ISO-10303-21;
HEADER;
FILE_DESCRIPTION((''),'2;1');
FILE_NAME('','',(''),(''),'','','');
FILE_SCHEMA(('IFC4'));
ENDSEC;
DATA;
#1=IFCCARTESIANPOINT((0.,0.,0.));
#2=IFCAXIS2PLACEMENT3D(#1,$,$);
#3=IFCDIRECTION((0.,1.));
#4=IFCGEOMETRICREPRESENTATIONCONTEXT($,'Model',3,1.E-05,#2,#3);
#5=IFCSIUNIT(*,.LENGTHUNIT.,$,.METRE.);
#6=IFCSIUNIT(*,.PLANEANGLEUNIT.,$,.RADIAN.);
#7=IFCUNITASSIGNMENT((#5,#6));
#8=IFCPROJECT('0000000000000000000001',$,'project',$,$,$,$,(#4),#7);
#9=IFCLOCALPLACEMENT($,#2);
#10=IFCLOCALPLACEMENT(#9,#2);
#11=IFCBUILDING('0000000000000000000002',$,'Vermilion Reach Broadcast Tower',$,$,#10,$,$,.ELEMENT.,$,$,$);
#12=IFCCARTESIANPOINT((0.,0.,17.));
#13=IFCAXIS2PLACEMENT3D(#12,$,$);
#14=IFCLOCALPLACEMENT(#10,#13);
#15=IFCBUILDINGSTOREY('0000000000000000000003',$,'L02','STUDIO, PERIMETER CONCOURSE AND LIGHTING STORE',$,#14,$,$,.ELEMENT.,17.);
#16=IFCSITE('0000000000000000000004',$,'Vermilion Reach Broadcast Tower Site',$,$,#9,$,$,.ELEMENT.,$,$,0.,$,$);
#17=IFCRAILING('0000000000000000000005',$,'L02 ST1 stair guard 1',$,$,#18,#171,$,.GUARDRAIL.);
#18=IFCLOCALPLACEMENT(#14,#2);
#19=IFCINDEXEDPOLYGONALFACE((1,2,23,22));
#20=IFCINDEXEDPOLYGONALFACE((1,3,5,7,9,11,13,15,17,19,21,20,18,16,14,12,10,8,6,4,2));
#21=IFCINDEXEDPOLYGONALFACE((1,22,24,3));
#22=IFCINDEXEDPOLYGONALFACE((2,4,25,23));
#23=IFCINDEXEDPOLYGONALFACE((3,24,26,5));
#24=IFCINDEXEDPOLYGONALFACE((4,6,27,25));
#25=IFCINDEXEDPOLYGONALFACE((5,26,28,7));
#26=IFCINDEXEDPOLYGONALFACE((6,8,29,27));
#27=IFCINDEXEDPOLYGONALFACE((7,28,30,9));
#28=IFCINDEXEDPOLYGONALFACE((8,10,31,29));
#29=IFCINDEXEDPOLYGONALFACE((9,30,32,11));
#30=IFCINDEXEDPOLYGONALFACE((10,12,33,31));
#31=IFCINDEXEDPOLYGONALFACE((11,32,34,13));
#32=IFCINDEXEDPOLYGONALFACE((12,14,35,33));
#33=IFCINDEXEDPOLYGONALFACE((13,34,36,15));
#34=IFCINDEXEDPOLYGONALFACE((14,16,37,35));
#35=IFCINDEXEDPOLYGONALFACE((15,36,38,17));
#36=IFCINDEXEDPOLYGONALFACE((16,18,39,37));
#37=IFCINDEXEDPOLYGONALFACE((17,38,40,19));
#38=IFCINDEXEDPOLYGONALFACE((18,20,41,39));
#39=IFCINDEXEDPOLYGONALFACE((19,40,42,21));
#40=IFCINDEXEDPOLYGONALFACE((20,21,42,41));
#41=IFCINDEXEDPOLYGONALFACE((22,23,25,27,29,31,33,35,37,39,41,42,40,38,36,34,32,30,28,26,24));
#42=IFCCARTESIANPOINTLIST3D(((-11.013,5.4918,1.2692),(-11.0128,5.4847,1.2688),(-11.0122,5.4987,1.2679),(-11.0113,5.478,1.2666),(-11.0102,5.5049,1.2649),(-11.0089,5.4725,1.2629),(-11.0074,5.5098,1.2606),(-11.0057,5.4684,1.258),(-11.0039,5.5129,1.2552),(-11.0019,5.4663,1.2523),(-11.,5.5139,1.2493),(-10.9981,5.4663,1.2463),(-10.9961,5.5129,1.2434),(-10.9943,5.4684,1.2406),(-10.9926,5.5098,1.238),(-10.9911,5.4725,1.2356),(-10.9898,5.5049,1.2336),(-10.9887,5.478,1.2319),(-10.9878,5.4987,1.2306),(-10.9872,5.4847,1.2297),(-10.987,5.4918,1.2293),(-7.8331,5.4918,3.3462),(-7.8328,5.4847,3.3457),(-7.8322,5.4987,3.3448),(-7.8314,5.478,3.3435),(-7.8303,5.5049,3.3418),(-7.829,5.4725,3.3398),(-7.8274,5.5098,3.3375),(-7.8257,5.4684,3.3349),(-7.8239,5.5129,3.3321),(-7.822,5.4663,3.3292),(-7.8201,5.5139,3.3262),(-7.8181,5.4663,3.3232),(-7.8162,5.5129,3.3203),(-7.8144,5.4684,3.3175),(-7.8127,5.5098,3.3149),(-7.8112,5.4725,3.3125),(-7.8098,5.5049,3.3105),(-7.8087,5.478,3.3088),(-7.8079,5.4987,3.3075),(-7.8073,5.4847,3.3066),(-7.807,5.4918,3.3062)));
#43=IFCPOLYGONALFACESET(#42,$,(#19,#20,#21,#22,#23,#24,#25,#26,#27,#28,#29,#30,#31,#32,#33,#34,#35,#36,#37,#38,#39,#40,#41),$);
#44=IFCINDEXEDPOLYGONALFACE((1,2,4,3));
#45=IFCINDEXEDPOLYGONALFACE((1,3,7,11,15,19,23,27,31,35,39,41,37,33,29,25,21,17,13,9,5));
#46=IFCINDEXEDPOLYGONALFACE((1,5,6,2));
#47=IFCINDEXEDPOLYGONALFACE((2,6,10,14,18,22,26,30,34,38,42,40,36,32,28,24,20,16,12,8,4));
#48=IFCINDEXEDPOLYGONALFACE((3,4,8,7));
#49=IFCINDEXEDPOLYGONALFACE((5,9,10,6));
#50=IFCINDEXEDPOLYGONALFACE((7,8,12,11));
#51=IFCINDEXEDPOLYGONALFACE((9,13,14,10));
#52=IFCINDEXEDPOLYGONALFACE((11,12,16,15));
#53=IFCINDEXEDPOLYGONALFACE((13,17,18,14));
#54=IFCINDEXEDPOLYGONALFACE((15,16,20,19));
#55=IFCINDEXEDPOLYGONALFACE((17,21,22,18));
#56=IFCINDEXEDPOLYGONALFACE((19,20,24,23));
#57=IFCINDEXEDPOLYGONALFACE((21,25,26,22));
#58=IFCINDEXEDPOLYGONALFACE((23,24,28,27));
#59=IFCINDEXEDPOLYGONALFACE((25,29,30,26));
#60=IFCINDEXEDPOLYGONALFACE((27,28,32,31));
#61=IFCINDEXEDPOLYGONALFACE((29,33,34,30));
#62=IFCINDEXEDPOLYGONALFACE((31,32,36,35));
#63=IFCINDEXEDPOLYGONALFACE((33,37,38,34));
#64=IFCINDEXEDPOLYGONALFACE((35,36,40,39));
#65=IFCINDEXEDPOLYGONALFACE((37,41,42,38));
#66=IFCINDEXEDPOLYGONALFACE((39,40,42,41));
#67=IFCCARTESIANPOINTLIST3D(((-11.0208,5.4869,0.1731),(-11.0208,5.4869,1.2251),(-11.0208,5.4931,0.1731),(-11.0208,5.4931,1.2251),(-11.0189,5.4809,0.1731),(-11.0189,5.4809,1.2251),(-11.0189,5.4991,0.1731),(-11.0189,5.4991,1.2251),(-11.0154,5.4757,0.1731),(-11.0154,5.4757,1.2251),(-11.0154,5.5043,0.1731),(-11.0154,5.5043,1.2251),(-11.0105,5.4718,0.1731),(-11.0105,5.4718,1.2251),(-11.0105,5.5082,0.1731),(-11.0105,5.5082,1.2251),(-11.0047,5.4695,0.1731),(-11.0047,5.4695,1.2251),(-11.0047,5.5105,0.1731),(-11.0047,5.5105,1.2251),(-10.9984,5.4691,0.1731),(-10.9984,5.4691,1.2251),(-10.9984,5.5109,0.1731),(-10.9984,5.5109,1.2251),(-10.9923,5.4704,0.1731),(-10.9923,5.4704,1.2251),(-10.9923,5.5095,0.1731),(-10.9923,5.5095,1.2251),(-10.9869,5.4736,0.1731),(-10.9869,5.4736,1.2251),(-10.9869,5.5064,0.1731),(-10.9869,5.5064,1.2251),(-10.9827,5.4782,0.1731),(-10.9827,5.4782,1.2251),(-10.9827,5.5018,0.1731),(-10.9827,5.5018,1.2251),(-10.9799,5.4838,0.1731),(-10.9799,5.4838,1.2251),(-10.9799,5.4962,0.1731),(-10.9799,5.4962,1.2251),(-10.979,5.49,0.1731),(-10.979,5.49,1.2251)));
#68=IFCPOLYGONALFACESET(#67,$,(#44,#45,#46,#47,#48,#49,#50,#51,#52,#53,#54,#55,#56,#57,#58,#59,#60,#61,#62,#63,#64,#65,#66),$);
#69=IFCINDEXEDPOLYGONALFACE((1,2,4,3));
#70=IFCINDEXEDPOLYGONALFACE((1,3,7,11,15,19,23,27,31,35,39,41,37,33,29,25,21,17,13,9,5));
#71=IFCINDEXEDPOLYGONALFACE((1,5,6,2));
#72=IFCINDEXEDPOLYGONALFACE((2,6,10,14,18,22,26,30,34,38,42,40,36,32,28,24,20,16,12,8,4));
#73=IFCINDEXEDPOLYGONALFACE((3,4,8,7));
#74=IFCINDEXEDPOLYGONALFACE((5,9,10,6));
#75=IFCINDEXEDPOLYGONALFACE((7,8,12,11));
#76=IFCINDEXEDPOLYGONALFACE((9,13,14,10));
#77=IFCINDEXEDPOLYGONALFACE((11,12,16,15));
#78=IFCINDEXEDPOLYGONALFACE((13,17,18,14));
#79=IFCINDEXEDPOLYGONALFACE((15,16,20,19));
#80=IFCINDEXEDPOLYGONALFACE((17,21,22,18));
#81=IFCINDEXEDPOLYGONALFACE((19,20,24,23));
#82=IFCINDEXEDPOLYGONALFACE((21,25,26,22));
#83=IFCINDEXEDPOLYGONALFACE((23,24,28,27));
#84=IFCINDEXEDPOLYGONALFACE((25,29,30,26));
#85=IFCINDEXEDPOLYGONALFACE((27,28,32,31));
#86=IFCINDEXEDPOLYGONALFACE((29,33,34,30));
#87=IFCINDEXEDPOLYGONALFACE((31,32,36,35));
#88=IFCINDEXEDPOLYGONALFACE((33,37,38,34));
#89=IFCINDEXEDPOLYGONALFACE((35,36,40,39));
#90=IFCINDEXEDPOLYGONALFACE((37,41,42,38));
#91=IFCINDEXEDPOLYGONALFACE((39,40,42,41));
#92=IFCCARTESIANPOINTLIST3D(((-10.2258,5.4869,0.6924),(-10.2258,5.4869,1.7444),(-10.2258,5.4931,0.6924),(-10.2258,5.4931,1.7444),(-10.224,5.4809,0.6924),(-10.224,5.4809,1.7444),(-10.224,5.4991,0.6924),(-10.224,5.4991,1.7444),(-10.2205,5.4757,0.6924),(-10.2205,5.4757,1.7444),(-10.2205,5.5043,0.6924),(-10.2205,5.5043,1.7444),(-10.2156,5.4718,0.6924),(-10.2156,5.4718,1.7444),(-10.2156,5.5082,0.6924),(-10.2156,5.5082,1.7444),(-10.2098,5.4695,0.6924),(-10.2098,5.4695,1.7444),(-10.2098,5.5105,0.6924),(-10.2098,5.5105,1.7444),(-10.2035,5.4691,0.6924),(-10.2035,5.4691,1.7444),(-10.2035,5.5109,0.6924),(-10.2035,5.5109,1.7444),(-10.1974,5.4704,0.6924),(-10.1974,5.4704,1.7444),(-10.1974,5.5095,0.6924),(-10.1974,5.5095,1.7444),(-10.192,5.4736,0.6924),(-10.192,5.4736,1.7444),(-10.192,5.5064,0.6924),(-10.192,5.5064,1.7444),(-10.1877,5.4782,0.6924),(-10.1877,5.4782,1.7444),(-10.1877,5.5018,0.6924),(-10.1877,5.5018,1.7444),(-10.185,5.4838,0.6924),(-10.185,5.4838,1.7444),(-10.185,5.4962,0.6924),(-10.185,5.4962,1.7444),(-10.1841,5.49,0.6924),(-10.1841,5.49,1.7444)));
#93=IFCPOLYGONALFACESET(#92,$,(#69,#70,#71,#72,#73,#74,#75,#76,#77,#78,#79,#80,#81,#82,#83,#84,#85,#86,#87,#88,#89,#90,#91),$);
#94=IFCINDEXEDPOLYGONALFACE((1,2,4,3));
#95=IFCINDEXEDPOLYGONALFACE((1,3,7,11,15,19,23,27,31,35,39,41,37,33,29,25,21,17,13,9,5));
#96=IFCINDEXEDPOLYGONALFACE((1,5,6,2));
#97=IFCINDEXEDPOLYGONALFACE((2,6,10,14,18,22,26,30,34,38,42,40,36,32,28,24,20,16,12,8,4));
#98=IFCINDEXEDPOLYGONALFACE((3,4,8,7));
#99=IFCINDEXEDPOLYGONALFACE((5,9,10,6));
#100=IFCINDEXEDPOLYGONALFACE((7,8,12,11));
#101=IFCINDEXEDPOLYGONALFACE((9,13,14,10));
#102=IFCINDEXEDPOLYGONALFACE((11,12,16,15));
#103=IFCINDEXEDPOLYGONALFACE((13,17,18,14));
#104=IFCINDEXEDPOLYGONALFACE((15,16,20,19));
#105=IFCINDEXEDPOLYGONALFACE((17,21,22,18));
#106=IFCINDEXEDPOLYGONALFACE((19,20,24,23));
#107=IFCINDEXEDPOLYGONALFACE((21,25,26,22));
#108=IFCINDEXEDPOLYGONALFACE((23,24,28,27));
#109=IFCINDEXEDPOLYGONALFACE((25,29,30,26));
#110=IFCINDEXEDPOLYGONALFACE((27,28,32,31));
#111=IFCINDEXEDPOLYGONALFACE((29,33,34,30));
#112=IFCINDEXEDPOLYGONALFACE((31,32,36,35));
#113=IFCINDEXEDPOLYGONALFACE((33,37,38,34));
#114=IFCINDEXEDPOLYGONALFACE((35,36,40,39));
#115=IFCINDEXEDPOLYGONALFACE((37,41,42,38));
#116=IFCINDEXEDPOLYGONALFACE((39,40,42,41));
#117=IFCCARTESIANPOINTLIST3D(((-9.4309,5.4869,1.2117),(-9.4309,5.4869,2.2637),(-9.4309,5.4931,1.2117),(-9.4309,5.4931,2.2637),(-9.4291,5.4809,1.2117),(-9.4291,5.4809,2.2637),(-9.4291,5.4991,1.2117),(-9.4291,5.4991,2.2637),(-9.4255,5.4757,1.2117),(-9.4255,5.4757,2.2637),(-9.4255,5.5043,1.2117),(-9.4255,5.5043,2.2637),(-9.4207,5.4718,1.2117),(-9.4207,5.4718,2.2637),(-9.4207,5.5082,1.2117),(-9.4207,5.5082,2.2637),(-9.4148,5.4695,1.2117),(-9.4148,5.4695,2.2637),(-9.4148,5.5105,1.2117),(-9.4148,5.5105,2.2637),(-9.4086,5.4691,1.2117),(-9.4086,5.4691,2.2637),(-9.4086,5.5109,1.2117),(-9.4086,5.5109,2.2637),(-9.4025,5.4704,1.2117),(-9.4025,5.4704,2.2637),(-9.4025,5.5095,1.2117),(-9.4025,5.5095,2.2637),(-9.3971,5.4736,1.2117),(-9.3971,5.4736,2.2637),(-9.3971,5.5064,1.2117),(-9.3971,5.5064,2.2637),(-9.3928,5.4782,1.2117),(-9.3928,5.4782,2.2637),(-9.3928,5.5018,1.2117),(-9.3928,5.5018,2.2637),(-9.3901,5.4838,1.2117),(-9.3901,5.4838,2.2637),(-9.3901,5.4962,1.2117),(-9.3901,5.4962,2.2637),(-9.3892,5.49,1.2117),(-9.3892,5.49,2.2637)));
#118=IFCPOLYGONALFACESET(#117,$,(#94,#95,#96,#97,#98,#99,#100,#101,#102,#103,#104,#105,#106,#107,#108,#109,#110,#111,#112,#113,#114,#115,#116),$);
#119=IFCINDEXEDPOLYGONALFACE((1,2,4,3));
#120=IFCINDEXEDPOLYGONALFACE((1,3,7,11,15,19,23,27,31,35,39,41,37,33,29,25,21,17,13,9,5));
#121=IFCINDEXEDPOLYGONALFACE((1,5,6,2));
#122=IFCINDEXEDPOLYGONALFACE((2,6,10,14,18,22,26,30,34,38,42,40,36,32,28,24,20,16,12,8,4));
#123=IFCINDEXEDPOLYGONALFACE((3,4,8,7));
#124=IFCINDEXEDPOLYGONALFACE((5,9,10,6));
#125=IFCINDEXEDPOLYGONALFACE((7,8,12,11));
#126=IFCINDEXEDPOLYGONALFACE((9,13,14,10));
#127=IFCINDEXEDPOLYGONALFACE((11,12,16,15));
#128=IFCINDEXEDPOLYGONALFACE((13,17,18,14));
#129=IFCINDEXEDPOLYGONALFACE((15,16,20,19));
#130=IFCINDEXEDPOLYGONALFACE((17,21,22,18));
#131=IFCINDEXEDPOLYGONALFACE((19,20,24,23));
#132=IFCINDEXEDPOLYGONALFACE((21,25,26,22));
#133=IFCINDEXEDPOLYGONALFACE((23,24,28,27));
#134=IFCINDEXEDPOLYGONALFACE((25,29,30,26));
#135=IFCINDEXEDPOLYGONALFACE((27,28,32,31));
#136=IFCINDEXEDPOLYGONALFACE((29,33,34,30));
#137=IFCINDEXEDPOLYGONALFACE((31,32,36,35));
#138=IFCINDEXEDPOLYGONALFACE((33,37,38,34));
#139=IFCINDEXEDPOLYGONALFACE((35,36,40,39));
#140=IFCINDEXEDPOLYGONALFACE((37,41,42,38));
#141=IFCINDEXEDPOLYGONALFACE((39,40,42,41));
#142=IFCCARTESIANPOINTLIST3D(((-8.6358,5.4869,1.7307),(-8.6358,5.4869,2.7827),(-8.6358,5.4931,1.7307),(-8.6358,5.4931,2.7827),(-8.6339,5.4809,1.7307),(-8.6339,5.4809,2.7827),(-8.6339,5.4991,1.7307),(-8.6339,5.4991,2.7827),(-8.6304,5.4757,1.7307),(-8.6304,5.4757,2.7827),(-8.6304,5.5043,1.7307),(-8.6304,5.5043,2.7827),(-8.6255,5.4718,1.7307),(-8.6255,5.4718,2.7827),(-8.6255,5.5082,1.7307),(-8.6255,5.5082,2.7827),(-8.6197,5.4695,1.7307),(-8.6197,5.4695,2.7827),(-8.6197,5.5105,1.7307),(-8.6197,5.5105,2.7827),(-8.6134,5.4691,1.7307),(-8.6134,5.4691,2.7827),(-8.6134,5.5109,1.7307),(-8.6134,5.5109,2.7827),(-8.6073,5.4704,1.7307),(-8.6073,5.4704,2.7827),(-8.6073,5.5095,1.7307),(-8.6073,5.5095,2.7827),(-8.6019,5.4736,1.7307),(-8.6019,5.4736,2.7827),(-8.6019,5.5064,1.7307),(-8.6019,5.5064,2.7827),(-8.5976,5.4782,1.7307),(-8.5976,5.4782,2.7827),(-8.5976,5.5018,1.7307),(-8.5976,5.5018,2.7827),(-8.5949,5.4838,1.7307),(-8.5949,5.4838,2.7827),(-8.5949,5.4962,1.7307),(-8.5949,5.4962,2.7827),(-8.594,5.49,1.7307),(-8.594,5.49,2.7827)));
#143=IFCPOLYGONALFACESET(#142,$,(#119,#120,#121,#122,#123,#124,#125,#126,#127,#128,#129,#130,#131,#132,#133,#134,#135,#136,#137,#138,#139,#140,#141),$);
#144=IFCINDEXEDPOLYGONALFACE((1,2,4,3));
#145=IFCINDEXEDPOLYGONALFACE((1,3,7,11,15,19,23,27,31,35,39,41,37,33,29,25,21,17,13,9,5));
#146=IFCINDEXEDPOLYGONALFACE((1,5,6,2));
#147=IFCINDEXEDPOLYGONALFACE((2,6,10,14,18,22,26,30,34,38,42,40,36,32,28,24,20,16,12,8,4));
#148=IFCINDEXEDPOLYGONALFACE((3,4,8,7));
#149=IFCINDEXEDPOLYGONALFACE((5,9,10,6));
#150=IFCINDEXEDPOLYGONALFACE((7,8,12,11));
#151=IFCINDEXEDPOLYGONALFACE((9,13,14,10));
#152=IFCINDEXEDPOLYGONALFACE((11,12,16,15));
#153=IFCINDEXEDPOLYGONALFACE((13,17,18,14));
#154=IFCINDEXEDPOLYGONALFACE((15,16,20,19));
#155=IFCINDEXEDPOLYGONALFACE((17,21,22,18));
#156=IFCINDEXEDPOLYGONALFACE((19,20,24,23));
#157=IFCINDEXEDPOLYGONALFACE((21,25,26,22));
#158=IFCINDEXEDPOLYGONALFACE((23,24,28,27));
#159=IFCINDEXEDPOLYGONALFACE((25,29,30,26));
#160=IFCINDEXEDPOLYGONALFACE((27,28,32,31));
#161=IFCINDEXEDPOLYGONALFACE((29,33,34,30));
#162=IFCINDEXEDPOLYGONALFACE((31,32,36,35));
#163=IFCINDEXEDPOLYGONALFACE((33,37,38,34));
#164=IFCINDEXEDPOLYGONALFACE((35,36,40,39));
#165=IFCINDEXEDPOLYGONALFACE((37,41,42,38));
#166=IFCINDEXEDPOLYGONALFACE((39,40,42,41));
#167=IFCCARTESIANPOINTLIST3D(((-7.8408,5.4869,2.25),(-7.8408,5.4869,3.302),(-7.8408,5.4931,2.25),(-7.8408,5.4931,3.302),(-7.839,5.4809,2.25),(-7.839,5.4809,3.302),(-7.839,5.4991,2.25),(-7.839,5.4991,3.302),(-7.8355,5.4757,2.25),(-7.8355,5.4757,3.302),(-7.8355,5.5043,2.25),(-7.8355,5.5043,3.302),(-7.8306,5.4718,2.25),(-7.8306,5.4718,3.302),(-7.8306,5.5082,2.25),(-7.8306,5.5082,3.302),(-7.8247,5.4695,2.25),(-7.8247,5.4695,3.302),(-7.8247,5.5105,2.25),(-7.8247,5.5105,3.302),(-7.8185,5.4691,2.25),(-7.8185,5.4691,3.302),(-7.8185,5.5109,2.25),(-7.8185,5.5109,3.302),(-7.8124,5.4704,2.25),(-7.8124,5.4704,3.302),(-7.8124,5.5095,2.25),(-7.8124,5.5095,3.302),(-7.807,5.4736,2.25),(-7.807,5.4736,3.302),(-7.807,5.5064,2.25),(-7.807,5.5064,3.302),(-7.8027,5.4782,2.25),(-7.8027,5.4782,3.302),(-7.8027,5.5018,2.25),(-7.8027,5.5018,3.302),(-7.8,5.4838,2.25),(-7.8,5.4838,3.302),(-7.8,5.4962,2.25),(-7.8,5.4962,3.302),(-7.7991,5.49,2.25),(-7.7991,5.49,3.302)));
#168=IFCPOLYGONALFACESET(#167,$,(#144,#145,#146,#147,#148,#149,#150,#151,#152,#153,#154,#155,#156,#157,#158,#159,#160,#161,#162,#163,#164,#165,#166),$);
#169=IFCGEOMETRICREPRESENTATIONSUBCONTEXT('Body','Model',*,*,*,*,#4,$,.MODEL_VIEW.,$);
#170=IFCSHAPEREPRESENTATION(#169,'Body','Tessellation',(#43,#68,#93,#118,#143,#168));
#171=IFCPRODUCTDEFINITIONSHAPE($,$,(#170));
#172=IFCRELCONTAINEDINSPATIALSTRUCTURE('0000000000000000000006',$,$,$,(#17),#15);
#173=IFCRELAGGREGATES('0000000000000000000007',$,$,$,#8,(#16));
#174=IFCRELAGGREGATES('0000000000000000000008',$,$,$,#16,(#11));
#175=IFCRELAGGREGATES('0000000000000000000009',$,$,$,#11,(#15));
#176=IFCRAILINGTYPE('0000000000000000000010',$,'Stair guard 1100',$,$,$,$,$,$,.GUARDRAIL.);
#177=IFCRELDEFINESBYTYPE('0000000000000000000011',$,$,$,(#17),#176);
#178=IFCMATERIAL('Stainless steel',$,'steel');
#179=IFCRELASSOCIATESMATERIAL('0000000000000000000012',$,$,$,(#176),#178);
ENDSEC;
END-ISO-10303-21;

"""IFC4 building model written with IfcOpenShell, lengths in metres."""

from ifc_helpers import new_model, si_unit, direction, frame, origin, origin_2d, place, context, subcontext, project, spatial, circle, extrude, material, type_object, element, save


model = new_model("IFC4")

# Units and contexts
model_context = context("Model", 3, precision=1e-05, world=origin(), true_north=direction((0.0, 1.0)))
body_context = subcontext(model_context, "Body", "Model", "MODEL_VIEW")
ifc_project = project(units=[si_unit("LENGTHUNIT", "METRE"), si_unit("PLANEANGLEUNIT", "RADIAN")], contexts=[model_context])

# Site, building, storey
site_placement = place(None, origin())
site = spatial("IfcSite", under=ifc_project, at=site_placement, Name="Vermilion Reach Broadcast Tower Site", CompositionType="ELEMENT", RefElevation=0.0)
building_placement = place(site_placement, origin())
building = spatial("IfcBuilding", under=site, at=building_placement, Name="Vermilion Reach Broadcast Tower", CompositionType="ELEMENT")
storey_placement = place(building_placement, frame((0.0, 0.0, 17.0)))
storey = spatial("IfcBuildingStorey", under=building, at=storey_placement, Name="L02", Description="STUDIO, PERIMETER CONCOURSE AND LIGHTING STORE", CompositionType="ELEMENT", Elevation=17.0)

# Railing
ifc_material_1 = material(Name="Stainless steel", Category="steel")
railing_type_1 = type_object("IfcRailingType", Name="Stair guard 1100", PredefinedType="GUARDRAIL", material=ifc_material_1)
railing_1_placement = place(storey_placement, frame((-11.0, 5.49, 0.1731)))
element("IfcRailing", 1, at=railing_1_placement, inside=storey, type_object=railing_type_1, Name="L02 ST1 stair guard 1", PredefinedType="GUARDRAIL", context=body_context, shape_type="SweptSolid", body=[
    extrude(circle(Radius=0.0239, at=origin_2d()), frame((0.0, 0.0, 1.0762), z_axis=(0.837245, 0.0, 0.546828), x_axis=(0.0, 1.0, 0.0)), (0.0, 0.0, 1.0), 3.7981),
    extrude(circle(Radius=0.021, at=origin_2d()), origin(), (0.0, 0.0, 1.0), 1.052),
    extrude(circle(Radius=0.021, at=origin_2d()), frame((0.7949, 0.0, 0.5193)), (0.0, 0.0, 1.0), 1.052),
    extrude(circle(Radius=0.021, at=origin_2d()), frame((1.5898, 0.0, 1.0386)), (0.0, 0.0, 1.0), 1.052),
    extrude(circle(Radius=0.021, at=origin_2d()), frame((2.385, 0.0, 1.5576)), (0.0, 0.0, 1.0), 1.052),
    extrude(circle(Radius=0.021, at=origin_2d()), frame((3.1799, 0.0, 2.0769)), (0.0, 0.0, 1.0), 1.052),
])

save(model, "model.ifc")
